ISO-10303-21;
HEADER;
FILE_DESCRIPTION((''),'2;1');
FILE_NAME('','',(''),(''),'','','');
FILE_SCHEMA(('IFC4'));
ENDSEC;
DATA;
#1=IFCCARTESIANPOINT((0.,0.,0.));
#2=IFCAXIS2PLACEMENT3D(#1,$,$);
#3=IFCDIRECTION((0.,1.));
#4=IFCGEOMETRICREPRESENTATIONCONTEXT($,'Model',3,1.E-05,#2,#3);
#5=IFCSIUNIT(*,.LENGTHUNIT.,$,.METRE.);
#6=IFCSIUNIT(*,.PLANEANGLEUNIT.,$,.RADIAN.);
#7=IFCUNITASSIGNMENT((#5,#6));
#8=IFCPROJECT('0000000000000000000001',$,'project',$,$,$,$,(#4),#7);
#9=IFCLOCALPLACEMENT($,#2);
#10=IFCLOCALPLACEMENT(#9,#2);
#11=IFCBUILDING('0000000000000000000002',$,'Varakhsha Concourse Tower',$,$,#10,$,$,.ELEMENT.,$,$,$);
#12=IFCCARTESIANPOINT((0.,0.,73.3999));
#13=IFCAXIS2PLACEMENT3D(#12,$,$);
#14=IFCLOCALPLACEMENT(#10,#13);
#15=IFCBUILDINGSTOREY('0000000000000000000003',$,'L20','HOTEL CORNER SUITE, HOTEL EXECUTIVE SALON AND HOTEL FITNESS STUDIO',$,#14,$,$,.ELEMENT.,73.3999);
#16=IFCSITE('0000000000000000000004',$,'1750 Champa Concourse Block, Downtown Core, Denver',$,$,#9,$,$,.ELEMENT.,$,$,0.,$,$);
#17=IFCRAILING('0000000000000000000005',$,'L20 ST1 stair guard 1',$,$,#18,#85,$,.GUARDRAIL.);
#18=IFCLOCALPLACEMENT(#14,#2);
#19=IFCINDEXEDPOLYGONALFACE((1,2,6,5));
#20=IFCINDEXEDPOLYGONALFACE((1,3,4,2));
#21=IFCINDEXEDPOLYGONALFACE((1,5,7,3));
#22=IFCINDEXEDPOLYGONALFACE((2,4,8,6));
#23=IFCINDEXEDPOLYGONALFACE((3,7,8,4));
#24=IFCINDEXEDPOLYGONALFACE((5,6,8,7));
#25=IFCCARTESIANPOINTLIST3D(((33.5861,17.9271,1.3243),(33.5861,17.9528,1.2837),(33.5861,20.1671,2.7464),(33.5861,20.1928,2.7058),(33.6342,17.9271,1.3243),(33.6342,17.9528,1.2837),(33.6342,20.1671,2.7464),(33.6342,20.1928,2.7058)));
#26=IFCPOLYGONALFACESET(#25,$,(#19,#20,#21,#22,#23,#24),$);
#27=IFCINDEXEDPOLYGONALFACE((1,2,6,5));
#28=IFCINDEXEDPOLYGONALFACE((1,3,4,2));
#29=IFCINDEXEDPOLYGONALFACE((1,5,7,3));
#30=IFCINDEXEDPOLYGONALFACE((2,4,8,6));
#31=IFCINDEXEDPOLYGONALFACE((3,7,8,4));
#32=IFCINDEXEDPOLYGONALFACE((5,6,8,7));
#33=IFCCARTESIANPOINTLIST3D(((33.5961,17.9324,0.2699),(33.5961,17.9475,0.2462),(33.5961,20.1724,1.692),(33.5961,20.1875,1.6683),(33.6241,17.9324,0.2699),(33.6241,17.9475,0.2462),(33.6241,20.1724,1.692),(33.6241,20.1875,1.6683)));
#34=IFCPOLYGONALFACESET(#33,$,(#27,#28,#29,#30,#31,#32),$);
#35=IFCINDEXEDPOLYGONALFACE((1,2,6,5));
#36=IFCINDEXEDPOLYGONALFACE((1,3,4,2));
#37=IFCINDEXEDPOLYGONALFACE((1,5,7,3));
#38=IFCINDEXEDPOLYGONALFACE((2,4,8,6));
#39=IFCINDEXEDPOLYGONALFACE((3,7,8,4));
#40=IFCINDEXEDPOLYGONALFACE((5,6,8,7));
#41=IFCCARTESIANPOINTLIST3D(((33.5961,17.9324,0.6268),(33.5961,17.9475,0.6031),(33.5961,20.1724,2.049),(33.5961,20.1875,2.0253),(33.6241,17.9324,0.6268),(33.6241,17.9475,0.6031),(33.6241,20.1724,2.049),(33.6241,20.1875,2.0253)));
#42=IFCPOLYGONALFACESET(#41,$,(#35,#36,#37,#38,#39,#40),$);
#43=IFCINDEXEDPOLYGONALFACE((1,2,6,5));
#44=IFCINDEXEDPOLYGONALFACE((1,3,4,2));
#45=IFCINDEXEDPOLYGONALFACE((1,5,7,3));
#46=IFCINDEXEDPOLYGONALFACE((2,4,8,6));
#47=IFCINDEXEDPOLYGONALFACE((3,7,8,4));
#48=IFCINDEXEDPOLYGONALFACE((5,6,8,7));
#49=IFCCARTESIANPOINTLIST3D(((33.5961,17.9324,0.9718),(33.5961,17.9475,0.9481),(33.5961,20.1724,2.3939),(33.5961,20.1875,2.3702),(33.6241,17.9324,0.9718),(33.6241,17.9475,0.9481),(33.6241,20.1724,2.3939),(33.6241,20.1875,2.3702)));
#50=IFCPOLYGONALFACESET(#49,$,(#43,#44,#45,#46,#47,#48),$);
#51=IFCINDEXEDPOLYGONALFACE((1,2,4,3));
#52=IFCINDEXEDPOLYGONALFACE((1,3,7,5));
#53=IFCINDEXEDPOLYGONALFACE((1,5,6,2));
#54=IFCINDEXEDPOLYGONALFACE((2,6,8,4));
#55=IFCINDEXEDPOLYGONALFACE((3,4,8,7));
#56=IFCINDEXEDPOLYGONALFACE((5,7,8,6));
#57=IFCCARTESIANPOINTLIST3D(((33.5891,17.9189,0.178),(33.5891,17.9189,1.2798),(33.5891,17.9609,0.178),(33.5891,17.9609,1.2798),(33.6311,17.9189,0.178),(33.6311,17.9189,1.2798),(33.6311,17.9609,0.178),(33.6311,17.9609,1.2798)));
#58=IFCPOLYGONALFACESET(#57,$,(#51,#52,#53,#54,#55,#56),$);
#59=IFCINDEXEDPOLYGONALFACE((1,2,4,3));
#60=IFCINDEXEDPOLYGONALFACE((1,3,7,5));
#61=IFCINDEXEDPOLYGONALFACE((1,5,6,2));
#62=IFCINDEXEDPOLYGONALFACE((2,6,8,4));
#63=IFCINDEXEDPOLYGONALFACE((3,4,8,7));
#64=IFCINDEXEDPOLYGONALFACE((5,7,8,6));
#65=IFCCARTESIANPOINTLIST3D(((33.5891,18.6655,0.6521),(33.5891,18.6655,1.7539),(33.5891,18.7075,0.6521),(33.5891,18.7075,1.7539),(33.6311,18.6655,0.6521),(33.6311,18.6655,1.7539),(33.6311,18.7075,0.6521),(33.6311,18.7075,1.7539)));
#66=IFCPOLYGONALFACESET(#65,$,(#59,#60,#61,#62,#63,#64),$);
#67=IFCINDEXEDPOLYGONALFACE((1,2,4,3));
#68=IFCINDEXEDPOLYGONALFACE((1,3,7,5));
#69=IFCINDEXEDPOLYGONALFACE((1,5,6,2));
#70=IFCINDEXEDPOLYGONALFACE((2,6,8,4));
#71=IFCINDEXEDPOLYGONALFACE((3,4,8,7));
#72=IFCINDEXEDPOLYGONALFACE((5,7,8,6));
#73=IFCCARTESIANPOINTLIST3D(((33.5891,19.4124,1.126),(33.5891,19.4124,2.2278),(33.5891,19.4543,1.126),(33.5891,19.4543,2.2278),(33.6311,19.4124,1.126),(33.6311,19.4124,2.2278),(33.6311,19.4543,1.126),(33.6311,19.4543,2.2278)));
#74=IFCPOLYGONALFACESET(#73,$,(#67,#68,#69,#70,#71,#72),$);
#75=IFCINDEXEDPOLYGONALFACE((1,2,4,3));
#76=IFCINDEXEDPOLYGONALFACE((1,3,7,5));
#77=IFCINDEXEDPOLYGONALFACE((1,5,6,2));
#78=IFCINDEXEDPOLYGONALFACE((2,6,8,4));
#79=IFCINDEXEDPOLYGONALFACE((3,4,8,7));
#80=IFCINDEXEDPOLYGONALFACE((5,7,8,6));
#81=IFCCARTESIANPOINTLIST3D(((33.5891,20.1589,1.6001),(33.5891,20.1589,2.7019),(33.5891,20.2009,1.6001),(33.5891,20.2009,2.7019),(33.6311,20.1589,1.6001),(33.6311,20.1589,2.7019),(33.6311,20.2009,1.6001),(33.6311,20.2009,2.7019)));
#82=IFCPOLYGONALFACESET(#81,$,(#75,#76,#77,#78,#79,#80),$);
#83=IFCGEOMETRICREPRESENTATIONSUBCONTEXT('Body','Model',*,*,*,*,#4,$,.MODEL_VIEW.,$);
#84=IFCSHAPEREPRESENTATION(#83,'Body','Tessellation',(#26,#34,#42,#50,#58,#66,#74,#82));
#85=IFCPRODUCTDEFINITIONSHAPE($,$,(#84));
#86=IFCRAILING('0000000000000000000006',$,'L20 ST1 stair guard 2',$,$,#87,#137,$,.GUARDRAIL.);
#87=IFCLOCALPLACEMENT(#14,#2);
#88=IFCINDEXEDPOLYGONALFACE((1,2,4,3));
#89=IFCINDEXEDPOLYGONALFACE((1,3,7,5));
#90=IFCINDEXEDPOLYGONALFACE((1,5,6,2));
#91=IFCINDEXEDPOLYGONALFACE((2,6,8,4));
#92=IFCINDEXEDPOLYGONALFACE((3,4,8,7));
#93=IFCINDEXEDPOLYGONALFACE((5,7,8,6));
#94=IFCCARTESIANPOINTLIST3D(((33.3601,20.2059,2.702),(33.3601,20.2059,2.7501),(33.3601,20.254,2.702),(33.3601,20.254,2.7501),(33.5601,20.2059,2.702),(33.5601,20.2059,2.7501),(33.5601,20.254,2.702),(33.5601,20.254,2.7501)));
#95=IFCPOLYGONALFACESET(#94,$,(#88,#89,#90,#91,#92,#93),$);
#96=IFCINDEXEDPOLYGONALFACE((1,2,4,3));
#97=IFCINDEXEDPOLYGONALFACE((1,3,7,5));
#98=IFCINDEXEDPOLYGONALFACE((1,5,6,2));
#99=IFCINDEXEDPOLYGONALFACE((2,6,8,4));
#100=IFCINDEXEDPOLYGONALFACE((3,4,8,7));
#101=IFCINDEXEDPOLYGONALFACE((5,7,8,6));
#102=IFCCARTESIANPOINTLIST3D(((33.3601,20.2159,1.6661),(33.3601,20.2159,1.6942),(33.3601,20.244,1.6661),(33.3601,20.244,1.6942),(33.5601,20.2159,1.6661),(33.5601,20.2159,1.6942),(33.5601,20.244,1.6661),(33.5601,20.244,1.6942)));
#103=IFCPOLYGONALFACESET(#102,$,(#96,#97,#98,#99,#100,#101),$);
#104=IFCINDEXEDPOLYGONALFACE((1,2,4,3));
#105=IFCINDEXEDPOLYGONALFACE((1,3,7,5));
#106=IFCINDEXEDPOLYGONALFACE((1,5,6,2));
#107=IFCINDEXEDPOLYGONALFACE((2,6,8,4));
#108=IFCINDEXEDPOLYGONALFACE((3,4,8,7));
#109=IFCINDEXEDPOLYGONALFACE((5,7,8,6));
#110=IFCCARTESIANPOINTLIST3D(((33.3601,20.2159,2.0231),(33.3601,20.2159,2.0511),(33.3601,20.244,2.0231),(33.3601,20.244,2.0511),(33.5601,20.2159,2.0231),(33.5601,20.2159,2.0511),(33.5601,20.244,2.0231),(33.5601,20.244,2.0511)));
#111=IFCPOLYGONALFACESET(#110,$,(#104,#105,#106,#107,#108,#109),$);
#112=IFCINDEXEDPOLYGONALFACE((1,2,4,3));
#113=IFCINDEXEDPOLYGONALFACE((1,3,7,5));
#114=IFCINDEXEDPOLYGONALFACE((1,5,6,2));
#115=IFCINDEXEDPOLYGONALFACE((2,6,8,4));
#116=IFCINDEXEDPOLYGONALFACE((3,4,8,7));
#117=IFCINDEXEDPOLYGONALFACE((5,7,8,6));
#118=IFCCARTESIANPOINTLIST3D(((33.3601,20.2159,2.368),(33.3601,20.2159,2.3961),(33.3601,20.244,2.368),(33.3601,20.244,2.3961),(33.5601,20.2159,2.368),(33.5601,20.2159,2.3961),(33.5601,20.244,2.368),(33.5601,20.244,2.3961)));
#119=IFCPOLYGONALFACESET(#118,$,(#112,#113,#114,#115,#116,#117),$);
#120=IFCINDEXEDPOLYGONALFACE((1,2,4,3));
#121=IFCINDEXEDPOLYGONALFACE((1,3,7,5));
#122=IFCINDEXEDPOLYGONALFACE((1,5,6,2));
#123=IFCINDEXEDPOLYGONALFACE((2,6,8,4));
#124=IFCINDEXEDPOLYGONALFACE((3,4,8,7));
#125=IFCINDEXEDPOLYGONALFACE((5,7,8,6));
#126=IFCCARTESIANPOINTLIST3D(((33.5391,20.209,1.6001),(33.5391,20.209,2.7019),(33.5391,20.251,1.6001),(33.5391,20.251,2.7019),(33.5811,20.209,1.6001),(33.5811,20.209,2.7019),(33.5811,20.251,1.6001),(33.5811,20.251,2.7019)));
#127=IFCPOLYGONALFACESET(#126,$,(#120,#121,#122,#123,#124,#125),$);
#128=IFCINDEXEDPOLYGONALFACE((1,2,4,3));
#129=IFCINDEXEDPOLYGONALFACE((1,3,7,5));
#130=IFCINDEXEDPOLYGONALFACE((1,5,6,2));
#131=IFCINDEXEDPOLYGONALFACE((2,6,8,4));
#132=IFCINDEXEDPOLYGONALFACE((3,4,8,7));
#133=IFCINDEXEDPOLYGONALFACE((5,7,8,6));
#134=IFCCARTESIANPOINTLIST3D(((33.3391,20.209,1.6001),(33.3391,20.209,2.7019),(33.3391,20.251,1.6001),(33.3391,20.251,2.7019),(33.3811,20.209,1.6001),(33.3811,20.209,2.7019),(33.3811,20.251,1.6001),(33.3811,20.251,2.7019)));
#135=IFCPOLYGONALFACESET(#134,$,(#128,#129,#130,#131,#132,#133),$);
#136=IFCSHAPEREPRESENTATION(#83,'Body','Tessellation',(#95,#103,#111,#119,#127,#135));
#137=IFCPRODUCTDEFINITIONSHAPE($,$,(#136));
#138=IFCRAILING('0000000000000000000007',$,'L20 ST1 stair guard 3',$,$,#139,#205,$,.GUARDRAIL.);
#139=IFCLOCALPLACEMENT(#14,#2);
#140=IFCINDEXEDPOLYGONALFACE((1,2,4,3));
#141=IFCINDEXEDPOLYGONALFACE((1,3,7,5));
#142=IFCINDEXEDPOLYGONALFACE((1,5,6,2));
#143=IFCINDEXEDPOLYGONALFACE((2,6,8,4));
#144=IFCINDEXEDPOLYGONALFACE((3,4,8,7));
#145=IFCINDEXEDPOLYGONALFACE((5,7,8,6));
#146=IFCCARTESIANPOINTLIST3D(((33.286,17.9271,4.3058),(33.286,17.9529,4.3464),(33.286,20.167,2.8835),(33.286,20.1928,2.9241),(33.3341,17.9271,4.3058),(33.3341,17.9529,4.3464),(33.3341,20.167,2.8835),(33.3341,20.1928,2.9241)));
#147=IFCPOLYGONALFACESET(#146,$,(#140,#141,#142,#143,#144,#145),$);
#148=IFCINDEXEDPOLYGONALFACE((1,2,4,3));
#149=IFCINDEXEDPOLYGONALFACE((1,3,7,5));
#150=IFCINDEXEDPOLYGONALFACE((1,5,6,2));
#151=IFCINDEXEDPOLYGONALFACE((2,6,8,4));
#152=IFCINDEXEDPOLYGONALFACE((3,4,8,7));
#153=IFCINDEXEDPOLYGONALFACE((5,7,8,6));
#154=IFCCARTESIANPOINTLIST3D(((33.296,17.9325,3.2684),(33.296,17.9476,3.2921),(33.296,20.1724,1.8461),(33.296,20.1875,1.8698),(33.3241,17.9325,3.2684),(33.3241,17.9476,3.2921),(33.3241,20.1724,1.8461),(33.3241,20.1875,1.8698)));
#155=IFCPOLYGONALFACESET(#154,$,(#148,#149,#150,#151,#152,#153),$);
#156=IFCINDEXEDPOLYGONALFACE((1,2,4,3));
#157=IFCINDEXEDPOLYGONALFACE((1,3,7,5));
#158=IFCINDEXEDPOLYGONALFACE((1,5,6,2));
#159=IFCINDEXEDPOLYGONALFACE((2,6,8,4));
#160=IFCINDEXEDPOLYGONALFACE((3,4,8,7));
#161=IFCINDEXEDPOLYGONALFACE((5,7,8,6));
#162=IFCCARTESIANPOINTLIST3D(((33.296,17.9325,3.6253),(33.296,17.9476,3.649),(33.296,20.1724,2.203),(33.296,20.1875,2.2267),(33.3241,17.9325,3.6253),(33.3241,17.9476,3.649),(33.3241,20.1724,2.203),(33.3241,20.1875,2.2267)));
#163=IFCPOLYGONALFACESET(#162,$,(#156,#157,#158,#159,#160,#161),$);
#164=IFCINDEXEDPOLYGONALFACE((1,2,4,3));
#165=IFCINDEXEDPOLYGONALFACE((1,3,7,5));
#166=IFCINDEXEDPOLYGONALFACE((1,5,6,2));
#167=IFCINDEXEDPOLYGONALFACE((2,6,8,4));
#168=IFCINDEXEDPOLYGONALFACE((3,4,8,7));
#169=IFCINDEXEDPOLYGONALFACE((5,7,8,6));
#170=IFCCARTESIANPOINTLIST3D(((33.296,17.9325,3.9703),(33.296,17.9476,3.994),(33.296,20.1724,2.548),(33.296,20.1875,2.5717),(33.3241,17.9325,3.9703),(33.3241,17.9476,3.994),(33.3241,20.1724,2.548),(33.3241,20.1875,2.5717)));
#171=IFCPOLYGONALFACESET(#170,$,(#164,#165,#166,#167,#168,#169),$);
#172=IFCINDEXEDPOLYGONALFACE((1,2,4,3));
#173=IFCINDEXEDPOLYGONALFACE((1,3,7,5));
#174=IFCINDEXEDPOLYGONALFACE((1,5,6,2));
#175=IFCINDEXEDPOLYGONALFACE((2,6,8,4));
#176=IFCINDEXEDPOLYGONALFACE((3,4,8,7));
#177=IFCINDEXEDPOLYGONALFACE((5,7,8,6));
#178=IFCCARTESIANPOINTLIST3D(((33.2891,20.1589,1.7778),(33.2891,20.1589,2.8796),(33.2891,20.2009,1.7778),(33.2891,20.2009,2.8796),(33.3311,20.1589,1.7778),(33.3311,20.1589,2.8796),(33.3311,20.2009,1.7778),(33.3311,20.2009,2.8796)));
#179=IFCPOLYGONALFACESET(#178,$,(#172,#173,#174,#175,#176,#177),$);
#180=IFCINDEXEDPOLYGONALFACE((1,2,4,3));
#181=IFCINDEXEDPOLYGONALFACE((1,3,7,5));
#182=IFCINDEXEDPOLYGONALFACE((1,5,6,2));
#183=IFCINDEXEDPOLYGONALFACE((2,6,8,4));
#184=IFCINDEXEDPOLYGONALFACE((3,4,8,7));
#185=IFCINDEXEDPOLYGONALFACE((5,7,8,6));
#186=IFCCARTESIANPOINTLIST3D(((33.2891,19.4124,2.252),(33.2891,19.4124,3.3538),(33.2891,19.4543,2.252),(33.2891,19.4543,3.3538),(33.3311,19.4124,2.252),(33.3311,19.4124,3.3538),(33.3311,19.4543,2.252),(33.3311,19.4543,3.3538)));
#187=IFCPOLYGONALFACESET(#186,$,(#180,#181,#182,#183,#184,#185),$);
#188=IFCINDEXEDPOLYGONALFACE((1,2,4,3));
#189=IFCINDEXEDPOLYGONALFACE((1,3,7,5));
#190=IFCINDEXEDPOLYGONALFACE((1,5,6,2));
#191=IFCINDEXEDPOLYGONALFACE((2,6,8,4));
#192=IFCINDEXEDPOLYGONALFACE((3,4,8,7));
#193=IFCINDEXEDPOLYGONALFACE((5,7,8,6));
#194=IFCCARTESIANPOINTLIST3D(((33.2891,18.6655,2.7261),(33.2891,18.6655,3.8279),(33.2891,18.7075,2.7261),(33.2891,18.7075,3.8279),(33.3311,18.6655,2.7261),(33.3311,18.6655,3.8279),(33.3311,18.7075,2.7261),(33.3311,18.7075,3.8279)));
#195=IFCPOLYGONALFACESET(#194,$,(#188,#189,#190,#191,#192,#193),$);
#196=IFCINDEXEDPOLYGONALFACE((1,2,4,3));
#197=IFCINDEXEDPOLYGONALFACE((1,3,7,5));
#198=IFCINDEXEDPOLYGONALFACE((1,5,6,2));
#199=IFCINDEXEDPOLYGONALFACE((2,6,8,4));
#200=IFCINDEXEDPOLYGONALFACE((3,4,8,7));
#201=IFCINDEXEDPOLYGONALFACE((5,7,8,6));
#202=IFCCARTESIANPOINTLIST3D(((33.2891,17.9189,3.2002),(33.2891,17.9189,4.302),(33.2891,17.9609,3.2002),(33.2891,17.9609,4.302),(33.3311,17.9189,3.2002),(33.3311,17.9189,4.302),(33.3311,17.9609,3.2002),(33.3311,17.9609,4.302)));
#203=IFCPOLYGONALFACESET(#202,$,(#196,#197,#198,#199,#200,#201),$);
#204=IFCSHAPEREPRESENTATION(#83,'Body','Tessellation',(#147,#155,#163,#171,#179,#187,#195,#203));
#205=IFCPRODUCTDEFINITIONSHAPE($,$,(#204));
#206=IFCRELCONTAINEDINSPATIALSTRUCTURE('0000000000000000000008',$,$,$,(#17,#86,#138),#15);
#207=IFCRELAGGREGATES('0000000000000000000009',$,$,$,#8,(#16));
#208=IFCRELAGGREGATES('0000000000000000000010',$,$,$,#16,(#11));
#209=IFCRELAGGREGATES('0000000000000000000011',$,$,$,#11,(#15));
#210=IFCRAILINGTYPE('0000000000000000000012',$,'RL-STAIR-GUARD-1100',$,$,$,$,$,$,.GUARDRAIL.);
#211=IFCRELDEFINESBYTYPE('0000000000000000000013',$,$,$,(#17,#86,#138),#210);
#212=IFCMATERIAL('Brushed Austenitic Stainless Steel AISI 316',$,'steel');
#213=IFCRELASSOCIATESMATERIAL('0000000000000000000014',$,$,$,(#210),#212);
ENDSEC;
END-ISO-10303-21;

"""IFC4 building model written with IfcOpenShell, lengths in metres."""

from ifc_helpers import new_model, si_unit, direction, frame, origin, origin_2d, place, context, subcontext, project, spatial, rectangle, extrude, material, type_object, element, save


model = new_model("IFC4")

# Units and contexts
model_context = context("Model", 3, precision=1e-05, world=origin(), true_north=direction((0.0, 1.0)))
body_context = subcontext(model_context, "Body", "Model", "MODEL_VIEW")
ifc_project = project(units=[si_unit("LENGTHUNIT", "METRE"), si_unit("PLANEANGLEUNIT", "RADIAN")], contexts=[model_context])

# Site, building, storey
site_placement = place(None, origin())
site = spatial("IfcSite", under=ifc_project, at=site_placement, Name="1750 Champa Concourse Block, Downtown Core, Denver", CompositionType="ELEMENT", RefElevation=0.0)
building_placement = place(site_placement, origin())
building = spatial("IfcBuilding", under=site, at=building_placement, Name="Varakhsha Concourse Tower", CompositionType="ELEMENT")
storey_placement = place(building_placement, frame((0.0, 0.0, 73.3999)))
storey = spatial("IfcBuildingStorey", under=building, at=storey_placement, Name="L20", Description="HOTEL CORNER SUITE, HOTEL EXECUTIVE SALON AND HOTEL FITNESS STUDIO", CompositionType="ELEMENT", Elevation=73.3999)

# Shared definitions
ifc_material_1 = material(Name="Brushed Austenitic Stainless Steel AISI 316", Category="steel")

# Railings
railing_type_1 = type_object("IfcRailingType", Name="RL-STAIR-GUARD-1100", PredefinedType="GUARDRAIL", material=ifc_material_1)
railing_1_placement = place(storey_placement, frame((33.6101, 17.9399, 0.178)))
element("IfcRailing", 1, at=railing_1_placement, inside=storey, type_object=railing_type_1, Name="L20 ST1 stair guard 1", PredefinedType="GUARDRAIL", context=body_context, shape_type="SweptSolid", body=[
    extrude(rectangle(XDim=0.0481, YDim=0.0481, at=origin_2d()), frame((0.0, 0.0, 1.126), z_axis=(0.0, 0.844229, 0.535982), x_axis=(-1.0, 0.0, 0.0)), (0.0, 0.0, 1.0), 2.6533),
    extrude(rectangle(XDim=0.0281, YDim=0.0281, at=origin_2d()), frame((0.0, 0.0, 0.0801), z_axis=(0.0, 0.844229, 0.535982), x_axis=(-1.0, 0.0, 0.0)), (0.0, 0.0, 1.0), 2.6533),
    extrude(rectangle(XDim=0.0281, YDim=0.0281, at=origin_2d()), frame((0.0, 0.0, 0.437), z_axis=(0.0, 0.844229, 0.535982), x_axis=(-1.0, 0.0, 0.0)), (0.0, 0.0, 1.0), 2.6533),
    extrude(rectangle(XDim=0.0281, YDim=0.0281, at=origin_2d()), frame((0.0, 0.0, 0.782), z_axis=(0.0, 0.844229, 0.535982), x_axis=(-1.0, 0.0, 0.0)), (0.0, 0.0, 1.0), 2.6533),
    extrude(rectangle(XDim=0.042, YDim=0.042, at=origin_2d()), origin(), (0.0, 0.0, 1.0), 1.1018),
    extrude(rectangle(XDim=0.042, YDim=0.042, at=origin_2d()), frame((0.0, 0.7466, 0.4741)), (0.0, 0.0, 1.0), 1.1018),
    extrude(rectangle(XDim=0.042, YDim=0.042, at=origin_2d()), frame((0.0, 1.4934, 0.948)), (0.0, 0.0, 1.0), 1.1018),
    extrude(rectangle(XDim=0.042, YDim=0.042, at=origin_2d()), frame((0.0, 2.24, 1.4221)), (0.0, 0.0, 1.0), 1.1018),
])
railing_2_placement = place(storey_placement, frame((33.5601, 20.23, 1.6001)))
element("IfcRailing", 2, at=railing_2_placement, inside=storey, type_object=railing_type_1, Name="L20 ST1 stair guard 2", PredefinedType="GUARDRAIL", context=body_context, shape_type="SweptSolid", body=[
    extrude(rectangle(XDim=0.0481, YDim=0.0481, at=origin_2d()), frame((0.0, 0.0, 1.126), z_axis=(-1.0, 0.0, 0.0), x_axis=(0.0, -1.0, 0.0)), (0.0, 0.0, 1.0), 0.2),
    extrude(rectangle(XDim=0.0281, YDim=0.0281, at=origin_2d()), frame((0.0, 0.0, 0.0801), z_axis=(-1.0, 0.0, 0.0), x_axis=(0.0, -1.0, 0.0)), (0.0, 0.0, 1.0), 0.2),
    extrude(rectangle(XDim=0.0281, YDim=0.0281, at=origin_2d()), frame((0.0, 0.0, 0.437), z_axis=(-1.0, 0.0, 0.0), x_axis=(0.0, -1.0, 0.0)), (0.0, 0.0, 1.0), 0.2),
    extrude(rectangle(XDim=0.0281, YDim=0.0281, at=origin_2d()), frame((0.0, 0.0, 0.782), z_axis=(-1.0, 0.0, 0.0), x_axis=(0.0, -1.0, 0.0)), (0.0, 0.0, 1.0), 0.2),
    extrude(rectangle(XDim=0.042, YDim=0.042, at=origin_2d()), origin(), (0.0, 0.0, 1.0), 1.1018),
    extrude(rectangle(XDim=0.042, YDim=0.042, at=origin_2d()), frame((-0.2, 0.0, 0.0)), (0.0, 0.0, 1.0), 1.1018),
])
railing_3_placement = place(storey_placement, frame((33.3101, 20.1799, 1.7778)))
element("IfcRailing", 3, at=railing_3_placement, inside=storey, type_object=railing_type_1, Name="L20 ST1 stair guard 3", PredefinedType="GUARDRAIL", context=body_context, shape_type="SweptSolid", body=[
    extrude(rectangle(XDim=0.0481, YDim=0.0481, at=origin_2d()), frame((0.0, 0.0, 1.126), z_axis=(0.0, -0.844188, 0.536048), x_axis=(1.0, 0.0, 0.0)), (0.0, 0.0, 1.0), 2.6533),
    extrude(rectangle(XDim=0.0281, YDim=0.0281, at=origin_2d()), frame((0.0, 0.0, 0.0801), z_axis=(0.0, -0.844188, 0.536048), x_axis=(1.0, 0.0, 0.0)), (0.0, 0.0, 1.0), 2.6533),
    extrude(rectangle(XDim=0.0281, YDim=0.0281, at=origin_2d()), frame((0.0, 0.0, 0.437), z_axis=(0.0, -0.844188, 0.536048), x_axis=(1.0, 0.0, 0.0)), (0.0, 0.0, 1.0), 2.6533),
    extrude(rectangle(XDim=0.0281, YDim=0.0281, at=origin_2d()), frame((0.0, 0.0, 0.782), z_axis=(0.0, -0.844188, 0.536048), x_axis=(1.0, 0.0, 0.0)), (0.0, 0.0, 1.0), 2.6533),
    extrude(rectangle(XDim=0.042, YDim=0.042, at=origin_2d()), origin(), (0.0, 0.0, 1.0), 1.1018),
    extrude(rectangle(XDim=0.042, YDim=0.042, at=origin_2d()), frame((0.0, -0.7466, 0.4741)), (0.0, 0.0, 1.0), 1.1018),
    extrude(rectangle(XDim=0.042, YDim=0.042, at=origin_2d()), frame((0.0, -1.4934, 0.9482)), (0.0, 0.0, 1.0), 1.1018),
    extrude(rectangle(XDim=0.042, YDim=0.042, at=origin_2d()), frame((0.0, -2.24, 1.4224)), (0.0, 0.0, 1.0), 1.1018),
])

save(model, "model.ifc")
